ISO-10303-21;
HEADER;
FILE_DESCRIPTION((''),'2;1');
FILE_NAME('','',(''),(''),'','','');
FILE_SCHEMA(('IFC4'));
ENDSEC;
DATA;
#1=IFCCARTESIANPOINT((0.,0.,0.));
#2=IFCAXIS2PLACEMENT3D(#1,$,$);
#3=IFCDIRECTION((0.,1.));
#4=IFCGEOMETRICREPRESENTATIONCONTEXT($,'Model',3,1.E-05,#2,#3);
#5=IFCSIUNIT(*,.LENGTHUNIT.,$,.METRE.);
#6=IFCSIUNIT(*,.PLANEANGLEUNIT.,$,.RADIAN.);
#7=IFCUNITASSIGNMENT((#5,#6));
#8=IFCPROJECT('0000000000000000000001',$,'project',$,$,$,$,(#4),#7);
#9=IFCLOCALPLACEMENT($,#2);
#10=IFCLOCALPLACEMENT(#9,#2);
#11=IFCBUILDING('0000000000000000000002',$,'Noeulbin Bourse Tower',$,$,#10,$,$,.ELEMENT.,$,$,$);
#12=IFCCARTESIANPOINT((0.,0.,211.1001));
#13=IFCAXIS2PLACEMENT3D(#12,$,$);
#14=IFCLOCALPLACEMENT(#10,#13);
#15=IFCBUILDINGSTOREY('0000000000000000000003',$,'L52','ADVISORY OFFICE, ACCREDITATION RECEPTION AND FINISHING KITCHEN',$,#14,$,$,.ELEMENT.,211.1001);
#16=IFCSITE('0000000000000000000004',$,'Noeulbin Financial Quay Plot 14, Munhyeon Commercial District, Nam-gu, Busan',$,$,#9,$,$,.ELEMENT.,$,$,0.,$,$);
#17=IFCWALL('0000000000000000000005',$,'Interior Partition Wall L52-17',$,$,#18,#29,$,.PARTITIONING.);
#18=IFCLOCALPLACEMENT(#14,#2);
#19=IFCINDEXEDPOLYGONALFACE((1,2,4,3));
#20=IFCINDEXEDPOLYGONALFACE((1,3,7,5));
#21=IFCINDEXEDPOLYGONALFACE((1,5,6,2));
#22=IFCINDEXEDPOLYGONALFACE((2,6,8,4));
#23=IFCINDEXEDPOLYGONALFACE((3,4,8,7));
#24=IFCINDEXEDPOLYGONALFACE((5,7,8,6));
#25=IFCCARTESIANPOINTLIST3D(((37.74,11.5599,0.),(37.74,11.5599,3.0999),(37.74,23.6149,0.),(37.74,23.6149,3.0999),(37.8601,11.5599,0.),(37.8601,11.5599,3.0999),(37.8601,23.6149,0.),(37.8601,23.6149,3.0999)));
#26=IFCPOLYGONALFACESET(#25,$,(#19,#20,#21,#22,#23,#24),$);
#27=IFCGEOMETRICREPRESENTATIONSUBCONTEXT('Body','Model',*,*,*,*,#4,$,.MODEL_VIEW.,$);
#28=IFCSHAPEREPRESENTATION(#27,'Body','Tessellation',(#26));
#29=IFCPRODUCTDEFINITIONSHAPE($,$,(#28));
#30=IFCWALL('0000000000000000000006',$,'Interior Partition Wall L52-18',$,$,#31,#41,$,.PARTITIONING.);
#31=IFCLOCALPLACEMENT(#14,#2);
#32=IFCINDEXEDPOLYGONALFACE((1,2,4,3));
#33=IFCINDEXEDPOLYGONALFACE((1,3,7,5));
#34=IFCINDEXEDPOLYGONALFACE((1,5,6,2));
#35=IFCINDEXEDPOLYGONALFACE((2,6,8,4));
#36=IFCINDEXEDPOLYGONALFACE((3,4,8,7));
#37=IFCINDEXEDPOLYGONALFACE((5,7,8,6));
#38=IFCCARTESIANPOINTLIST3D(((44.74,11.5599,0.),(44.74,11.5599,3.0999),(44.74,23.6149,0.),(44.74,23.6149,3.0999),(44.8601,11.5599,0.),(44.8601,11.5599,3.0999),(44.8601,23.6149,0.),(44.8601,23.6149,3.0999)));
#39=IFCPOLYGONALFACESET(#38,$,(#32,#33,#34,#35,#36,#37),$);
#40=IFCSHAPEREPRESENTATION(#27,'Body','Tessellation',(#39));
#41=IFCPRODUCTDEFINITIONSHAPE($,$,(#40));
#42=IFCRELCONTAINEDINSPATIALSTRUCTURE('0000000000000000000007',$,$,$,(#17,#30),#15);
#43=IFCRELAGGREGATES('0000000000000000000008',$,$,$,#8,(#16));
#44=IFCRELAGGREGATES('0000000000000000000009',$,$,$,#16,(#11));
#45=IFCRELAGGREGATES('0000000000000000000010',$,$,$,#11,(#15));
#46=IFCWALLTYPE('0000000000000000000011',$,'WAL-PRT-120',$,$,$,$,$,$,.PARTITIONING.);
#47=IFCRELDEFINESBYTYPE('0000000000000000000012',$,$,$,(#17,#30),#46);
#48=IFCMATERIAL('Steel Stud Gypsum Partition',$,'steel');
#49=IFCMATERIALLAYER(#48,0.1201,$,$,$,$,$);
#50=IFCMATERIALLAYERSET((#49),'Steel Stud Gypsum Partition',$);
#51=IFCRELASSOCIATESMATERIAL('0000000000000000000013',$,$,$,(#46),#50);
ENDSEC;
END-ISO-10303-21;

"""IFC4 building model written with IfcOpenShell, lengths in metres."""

from ifc_helpers import new_model, si_unit, direction, frame, frame_2d, origin, place, context, subcontext, project, spatial, rectangle, extrude, material, layer, layer_set, type_object, element, save


model = new_model("IFC4")

# Units and contexts
model_context = context("Model", 3, precision=1e-05, world=origin(), true_north=direction((0.0, 1.0)))
body_context = subcontext(model_context, "Body", "Model", "MODEL_VIEW")
ifc_project = project(units=[si_unit("LENGTHUNIT", "METRE"), si_unit("PLANEANGLEUNIT", "RADIAN")], contexts=[model_context])

# Site, building, storey
site_placement = place(None, origin())
site = spatial("IfcSite", under=ifc_project, at=site_placement, Name="Noeulbin Financial Quay Plot 14, Munhyeon Commercial District, Nam-gu, Busan", CompositionType="ELEMENT", RefElevation=0.0)
building_placement = place(site_placement, origin())
building = spatial("IfcBuilding", under=site, at=building_placement, Name="Noeulbin Bourse Tower", CompositionType="ELEMENT")
storey_placement = place(building_placement, frame((0.0, 0.0, 211.1001)))
storey = spatial("IfcBuildingStorey", under=building, at=storey_placement, Name="L52", Description="ADVISORY OFFICE, ACCREDITATION RECEPTION AND FINISHING KITCHEN", CompositionType="ELEMENT", Elevation=211.1001)

# Walls
ifc_material_1 = material(Name="Steel Stud Gypsum Partition", Category="steel")
ifc_layer_1 = layer(ifc_material_1, 0.1201)
ifc_layer_set_1 = layer_set([ifc_layer_1], Name="Steel Stud Gypsum Partition")
wall_type_1 = type_object("IfcWallType", Name="WAL-PRT-120", PredefinedType="PARTITIONING", material=ifc_layer_set_1)
for number, where, z_axis, x_axis, name in (
    (1, (37.8, 11.5601, 0.0), (0.0, 0.0, 1.0), (0.0, 1.0, 0.0), "Interior Partition Wall L52-17"),
    (2, (44.8, 11.5601, 0.0), (0.0, 0.0, 1.0), (0.0, 1.0, 0.0), "Interior Partition Wall L52-18"),
):
    element("IfcWall", number, at=place(storey_placement, frame(where, z_axis=z_axis, x_axis=x_axis)), inside=storey, type_object=wall_type_1, Name=name, PredefinedType="PARTITIONING", context=body_context, shape_type="SweptSolid", body=[
        extrude(rectangle(XDim=12.0549, YDim=0.1201, at=frame_2d((6.0273, 0.0))), origin(), (0.0, 0.0, 1.0), 3.0999),
    ])

save(model, "model.ifc")
